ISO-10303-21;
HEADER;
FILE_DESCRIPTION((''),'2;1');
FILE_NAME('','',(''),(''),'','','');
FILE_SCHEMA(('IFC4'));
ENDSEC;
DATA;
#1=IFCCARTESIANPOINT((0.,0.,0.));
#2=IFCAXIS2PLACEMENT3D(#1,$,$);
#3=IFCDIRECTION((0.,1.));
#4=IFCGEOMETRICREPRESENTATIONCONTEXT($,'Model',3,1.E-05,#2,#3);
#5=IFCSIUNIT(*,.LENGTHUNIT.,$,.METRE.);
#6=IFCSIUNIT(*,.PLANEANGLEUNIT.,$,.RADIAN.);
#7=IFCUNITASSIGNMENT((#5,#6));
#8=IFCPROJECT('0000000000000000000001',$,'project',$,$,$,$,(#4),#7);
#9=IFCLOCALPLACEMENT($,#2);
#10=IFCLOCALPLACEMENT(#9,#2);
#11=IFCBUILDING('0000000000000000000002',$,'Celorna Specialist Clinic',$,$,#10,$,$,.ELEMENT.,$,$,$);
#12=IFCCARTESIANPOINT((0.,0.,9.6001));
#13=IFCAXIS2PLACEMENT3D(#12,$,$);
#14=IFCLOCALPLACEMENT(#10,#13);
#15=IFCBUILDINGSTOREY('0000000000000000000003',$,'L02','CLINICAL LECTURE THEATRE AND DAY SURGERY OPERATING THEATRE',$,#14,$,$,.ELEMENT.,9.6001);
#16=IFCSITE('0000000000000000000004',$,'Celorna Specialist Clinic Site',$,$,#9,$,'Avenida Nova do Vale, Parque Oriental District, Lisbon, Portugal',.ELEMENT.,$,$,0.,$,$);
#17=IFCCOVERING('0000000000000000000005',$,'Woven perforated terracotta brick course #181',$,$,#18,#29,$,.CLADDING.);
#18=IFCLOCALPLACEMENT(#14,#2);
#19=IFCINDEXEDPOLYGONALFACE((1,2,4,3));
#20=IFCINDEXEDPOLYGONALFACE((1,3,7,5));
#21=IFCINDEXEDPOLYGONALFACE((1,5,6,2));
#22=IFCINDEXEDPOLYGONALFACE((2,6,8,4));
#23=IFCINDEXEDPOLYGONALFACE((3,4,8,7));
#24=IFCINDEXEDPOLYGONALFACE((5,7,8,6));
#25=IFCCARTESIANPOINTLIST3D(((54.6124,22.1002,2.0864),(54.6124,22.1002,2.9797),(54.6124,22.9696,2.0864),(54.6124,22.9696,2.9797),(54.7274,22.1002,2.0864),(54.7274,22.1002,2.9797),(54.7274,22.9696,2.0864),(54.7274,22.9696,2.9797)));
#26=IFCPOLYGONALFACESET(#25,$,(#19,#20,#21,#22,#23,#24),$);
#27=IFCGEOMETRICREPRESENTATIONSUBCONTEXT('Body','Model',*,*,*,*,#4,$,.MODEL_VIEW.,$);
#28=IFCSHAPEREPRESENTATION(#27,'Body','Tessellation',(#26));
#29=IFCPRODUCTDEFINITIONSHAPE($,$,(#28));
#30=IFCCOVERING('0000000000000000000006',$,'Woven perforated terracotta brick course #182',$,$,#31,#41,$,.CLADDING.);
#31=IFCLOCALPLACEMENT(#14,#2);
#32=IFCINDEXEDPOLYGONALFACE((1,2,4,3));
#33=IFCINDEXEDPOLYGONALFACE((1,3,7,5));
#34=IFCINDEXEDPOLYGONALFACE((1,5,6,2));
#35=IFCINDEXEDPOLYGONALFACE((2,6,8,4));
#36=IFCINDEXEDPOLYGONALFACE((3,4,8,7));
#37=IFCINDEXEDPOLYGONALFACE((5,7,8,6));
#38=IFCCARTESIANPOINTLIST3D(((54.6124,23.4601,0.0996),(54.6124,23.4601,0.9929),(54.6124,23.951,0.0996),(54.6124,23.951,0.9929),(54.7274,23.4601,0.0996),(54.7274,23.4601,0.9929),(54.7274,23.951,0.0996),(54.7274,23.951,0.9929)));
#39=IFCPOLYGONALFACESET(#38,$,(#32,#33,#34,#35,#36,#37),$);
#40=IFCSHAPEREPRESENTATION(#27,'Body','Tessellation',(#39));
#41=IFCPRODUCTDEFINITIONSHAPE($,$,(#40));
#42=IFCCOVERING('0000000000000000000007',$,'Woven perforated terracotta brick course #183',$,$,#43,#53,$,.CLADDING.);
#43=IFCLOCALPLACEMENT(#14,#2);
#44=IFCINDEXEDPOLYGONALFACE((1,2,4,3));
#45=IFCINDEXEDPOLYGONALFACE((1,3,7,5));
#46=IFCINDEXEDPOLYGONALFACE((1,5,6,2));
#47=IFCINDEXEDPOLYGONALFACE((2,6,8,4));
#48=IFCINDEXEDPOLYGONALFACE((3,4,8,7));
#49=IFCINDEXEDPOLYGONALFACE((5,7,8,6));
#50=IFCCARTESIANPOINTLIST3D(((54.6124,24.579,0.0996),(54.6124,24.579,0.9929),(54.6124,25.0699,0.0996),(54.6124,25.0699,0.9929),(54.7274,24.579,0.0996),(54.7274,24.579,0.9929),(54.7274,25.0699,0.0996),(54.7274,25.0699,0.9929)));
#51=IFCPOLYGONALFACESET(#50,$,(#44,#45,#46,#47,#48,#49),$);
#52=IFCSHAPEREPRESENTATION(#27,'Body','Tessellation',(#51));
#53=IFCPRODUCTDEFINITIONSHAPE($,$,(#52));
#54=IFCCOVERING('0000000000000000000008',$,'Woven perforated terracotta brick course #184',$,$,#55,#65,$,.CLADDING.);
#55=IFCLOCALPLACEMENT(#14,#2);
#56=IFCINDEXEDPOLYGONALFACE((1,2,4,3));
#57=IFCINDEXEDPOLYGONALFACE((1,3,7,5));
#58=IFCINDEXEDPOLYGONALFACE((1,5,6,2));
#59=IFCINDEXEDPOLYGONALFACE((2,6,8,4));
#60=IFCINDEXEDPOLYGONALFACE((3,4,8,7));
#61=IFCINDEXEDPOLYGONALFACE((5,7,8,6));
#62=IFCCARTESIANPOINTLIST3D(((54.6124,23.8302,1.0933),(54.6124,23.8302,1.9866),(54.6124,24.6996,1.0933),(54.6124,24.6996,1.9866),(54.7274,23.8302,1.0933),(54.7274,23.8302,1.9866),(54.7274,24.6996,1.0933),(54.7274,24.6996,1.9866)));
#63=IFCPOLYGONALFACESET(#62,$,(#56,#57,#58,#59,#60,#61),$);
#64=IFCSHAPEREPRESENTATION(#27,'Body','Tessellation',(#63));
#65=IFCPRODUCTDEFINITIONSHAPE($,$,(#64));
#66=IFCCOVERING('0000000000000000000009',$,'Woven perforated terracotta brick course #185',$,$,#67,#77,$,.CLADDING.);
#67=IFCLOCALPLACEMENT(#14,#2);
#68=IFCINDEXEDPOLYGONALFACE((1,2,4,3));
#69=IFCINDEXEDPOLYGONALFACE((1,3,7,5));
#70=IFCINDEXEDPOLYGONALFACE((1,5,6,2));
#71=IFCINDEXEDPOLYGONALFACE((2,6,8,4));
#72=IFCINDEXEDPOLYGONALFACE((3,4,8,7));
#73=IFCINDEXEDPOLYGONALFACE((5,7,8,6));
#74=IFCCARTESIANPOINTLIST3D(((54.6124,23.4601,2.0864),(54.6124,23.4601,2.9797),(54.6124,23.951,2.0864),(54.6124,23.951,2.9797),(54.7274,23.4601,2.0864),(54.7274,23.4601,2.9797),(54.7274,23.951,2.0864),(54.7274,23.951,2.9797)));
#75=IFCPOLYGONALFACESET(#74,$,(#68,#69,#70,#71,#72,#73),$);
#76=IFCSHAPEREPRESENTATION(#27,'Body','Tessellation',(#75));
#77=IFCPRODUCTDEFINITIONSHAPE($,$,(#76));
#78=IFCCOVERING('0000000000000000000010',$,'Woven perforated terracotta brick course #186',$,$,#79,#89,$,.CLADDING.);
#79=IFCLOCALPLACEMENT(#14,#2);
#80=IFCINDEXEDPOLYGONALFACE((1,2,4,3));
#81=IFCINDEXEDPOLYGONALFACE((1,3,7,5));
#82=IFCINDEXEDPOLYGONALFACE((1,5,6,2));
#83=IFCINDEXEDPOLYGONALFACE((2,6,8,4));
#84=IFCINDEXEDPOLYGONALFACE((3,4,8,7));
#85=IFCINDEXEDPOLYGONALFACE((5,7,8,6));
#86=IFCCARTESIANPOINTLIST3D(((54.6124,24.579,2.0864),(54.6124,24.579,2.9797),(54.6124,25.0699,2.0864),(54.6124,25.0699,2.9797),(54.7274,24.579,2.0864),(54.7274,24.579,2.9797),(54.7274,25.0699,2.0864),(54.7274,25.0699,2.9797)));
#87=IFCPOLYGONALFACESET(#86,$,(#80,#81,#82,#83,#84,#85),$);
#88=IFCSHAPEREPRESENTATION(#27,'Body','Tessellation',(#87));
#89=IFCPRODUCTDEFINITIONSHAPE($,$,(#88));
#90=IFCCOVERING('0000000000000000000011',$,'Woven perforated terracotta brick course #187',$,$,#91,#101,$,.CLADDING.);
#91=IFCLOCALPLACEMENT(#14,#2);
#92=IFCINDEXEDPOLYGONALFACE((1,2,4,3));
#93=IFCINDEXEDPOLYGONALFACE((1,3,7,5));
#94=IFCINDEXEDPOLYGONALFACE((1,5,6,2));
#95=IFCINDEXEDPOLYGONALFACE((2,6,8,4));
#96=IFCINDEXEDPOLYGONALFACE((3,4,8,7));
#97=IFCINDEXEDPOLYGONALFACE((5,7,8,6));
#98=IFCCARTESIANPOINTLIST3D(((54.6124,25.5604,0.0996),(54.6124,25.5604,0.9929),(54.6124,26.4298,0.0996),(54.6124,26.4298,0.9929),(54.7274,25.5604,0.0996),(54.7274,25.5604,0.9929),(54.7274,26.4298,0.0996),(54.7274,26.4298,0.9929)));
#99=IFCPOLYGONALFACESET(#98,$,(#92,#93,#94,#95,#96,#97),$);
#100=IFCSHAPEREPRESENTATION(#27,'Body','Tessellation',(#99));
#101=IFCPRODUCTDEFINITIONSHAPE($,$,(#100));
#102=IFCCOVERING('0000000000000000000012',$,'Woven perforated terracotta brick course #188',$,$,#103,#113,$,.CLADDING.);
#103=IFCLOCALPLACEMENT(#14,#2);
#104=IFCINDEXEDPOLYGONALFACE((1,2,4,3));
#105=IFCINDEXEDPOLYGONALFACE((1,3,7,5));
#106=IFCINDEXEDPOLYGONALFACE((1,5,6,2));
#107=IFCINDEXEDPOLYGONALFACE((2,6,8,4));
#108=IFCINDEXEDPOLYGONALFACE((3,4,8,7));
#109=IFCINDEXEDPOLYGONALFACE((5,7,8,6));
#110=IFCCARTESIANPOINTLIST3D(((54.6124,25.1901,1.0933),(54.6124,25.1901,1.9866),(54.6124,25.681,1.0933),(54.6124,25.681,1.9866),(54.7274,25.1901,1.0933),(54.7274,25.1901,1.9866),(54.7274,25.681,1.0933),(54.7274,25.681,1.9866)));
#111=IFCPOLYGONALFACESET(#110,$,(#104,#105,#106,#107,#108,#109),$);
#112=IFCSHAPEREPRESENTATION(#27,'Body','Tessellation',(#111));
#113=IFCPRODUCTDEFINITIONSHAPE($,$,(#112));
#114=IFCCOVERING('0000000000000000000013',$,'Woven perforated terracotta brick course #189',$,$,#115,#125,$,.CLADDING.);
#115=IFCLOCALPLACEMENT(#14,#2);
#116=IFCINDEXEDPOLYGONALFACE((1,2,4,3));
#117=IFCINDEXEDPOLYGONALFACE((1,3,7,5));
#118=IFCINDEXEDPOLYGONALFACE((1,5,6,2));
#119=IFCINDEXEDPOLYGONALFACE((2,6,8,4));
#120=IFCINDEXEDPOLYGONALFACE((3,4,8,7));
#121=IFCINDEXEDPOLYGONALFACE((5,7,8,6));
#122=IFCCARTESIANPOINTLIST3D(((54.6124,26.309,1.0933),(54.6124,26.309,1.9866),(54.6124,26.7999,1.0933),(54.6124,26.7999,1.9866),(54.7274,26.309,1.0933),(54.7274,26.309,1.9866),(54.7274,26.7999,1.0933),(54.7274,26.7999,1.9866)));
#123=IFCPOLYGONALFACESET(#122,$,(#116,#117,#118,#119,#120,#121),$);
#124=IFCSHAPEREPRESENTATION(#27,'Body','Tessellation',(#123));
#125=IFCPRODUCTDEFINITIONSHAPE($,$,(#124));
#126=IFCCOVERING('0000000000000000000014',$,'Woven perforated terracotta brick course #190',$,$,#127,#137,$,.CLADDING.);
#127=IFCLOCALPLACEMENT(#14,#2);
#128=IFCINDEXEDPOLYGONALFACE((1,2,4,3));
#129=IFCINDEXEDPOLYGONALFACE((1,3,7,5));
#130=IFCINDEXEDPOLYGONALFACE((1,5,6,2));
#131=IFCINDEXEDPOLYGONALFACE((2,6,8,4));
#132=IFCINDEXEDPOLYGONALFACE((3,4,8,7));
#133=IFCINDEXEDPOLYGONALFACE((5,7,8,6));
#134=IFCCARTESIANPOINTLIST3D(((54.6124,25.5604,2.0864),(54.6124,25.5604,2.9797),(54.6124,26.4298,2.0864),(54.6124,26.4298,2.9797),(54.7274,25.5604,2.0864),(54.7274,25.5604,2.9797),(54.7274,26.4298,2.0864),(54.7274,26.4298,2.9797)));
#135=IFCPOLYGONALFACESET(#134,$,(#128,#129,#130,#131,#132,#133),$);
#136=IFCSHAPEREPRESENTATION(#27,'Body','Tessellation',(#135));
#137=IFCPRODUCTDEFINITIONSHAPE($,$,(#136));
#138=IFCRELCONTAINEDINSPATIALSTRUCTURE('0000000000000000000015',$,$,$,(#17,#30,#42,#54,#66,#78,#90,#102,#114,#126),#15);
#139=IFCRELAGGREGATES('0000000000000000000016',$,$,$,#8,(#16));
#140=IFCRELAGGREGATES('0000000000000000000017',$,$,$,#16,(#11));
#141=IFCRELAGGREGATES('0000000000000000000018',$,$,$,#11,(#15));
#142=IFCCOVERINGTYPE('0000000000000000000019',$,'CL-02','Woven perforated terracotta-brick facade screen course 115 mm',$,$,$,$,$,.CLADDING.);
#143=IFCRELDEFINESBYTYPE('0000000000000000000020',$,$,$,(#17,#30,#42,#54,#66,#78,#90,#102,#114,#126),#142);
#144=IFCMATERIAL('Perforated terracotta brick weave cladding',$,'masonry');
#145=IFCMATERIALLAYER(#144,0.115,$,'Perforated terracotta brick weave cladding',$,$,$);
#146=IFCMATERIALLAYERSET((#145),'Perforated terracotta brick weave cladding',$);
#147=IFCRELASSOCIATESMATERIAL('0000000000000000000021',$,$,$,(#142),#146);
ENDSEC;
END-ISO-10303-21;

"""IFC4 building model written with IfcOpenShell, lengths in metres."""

from ifc_helpers import new_model, si_unit, direction, frame, origin, origin_2d, place, context, subcontext, project, spatial, rectangle, extrude, material, layer, layer_set, type_object, element, save


model = new_model("IFC4")

# Units and contexts
model_context = context("Model", 3, precision=1e-05, world=origin(), true_north=direction((0.0, 1.0)))
body_context = subcontext(model_context, "Body", "Model", "MODEL_VIEW")
ifc_project = project(units=[si_unit("LENGTHUNIT", "METRE"), si_unit("PLANEANGLEUNIT", "RADIAN")], contexts=[model_context])

# Site, building, storey
site_placement = place(None, origin())
site = spatial("IfcSite", under=ifc_project, at=site_placement, Name="Celorna Specialist Clinic Site", LongName="Avenida Nova do Vale, Parque Oriental District, Lisbon, Portugal", CompositionType="ELEMENT", RefElevation=0.0)
building_placement = place(site_placement, origin())
building = spatial("IfcBuilding", under=site, at=building_placement, Name="Celorna Specialist Clinic", CompositionType="ELEMENT")
storey_placement = place(building_placement, frame((0.0, 0.0, 9.6001)))
storey = spatial("IfcBuildingStorey", under=building, at=storey_placement, Name="L02", Description="CLINICAL LECTURE THEATRE AND DAY SURGERY OPERATING THEATRE", CompositionType="ELEMENT", Elevation=9.6001)

# Coverings
ifc_material_1 = material(Name="Perforated terracotta brick weave cladding", Category="masonry")
ifc_layer_1 = layer(ifc_material_1, 0.115, Name="Perforated terracotta brick weave cladding")
ifc_layer_set_1 = layer_set([ifc_layer_1], Name="Perforated terracotta brick weave cladding")
covering_type = type_object("IfcCoveringType", Name="CL-02", Description="Woven perforated terracotta-brick facade screen course 115 mm", PredefinedType="CLADDING", material=ifc_layer_set_1)
covering_1_placement = place(storey_placement, frame((54.6699, 22.5349, 2.0864), z_axis=(0.0, 0.0, 1.0), x_axis=(0.0, 1.0, 0.0)))
element("IfcCovering", 1, at=covering_1_placement, inside=storey, type_object=covering_type, Name="Woven perforated terracotta brick course #181", PredefinedType="CLADDING", context=body_context, shape_type="SweptSolid", body=[
    extrude(rectangle(XDim=0.8694, YDim=0.115, at=origin_2d()), origin(), (0.0, 0.0, 1.0), 0.8933),
])
for number, where, z_axis, x_axis, name in (
    (2, (54.6699, 23.7056, 0.0996), (0.0, 0.0, 1.0), (0.0, 1.0, 0.0), "Woven perforated terracotta brick course #182"),
    (3, (54.6699, 24.8245, 0.0996), (0.0, 0.0, 1.0), (0.0, 1.0, 0.0), "Woven perforated terracotta brick course #183"),
):
    element("IfcCovering", number, at=place(storey_placement, frame(where, z_axis=z_axis, x_axis=x_axis)), inside=storey, type_object=covering_type, Name=name, PredefinedType="CLADDING", context=body_context, shape_type="SweptSolid", body=[
        extrude(rectangle(XDim=0.491, YDim=0.115, at=origin_2d()), origin(), (0.0, 0.0, 1.0), 0.8933),
    ])
covering_2_placement = place(storey_placement, frame((54.6699, 24.2649, 1.0933), z_axis=(0.0, 0.0, 1.0), x_axis=(0.0, 1.0, 0.0)))
element("IfcCovering", 4, at=covering_2_placement, inside=storey, type_object=covering_type, Name="Woven perforated terracotta brick course #184", PredefinedType="CLADDING", context=body_context, shape_type="SweptSolid", body=[
    extrude(rectangle(XDim=0.8694, YDim=0.115, at=origin_2d()), origin(), (0.0, 0.0, 1.0), 0.8933),
])
for number, where, z_axis, x_axis, name in (
    (5, (54.6699, 23.7056, 2.0864), (0.0, 0.0, 1.0), (0.0, 1.0, 0.0), "Woven perforated terracotta brick course #185"),
    (6, (54.6699, 24.8245, 2.0864), (0.0, 0.0, 1.0), (0.0, 1.0, 0.0), "Woven perforated terracotta brick course #186"),
):
    element("IfcCovering", number, at=place(storey_placement, frame(where, z_axis=z_axis, x_axis=x_axis)), inside=storey, type_object=covering_type, Name=name, PredefinedType="CLADDING", context=body_context, shape_type="SweptSolid", body=[
        extrude(rectangle(XDim=0.491, YDim=0.115, at=origin_2d()), origin(), (0.0, 0.0, 1.0), 0.8933),
    ])
covering_3_placement = place(storey_placement, frame((54.6699, 25.9951, 0.0996), z_axis=(0.0, 0.0, 1.0), x_axis=(0.0, 1.0, 0.0)))
element("IfcCovering", 7, at=covering_3_placement, inside=storey, type_object=covering_type, Name="Woven perforated terracotta brick course #187", PredefinedType="CLADDING", context=body_context, shape_type="SweptSolid", body=[
    extrude(rectangle(XDim=0.8694, YDim=0.115, at=origin_2d()), origin(), (0.0, 0.0, 1.0), 0.8933),
])
for number, where, z_axis, x_axis, name in (
    (8, (54.6699, 25.4355, 1.0933), (0.0, 0.0, 1.0), (0.0, 1.0, 0.0), "Woven perforated terracotta brick course #188"),
    (9, (54.6699, 26.5544, 1.0933), (0.0, 0.0, 1.0), (0.0, 1.0, 0.0), "Woven perforated terracotta brick course #189"),
):
    element("IfcCovering", number, at=place(storey_placement, frame(where, z_axis=z_axis, x_axis=x_axis)), inside=storey, type_object=covering_type, Name=name, PredefinedType="CLADDING", context=body_context, shape_type="SweptSolid", body=[
        extrude(rectangle(XDim=0.491, YDim=0.115, at=origin_2d()), origin(), (0.0, 0.0, 1.0), 0.8933),
    ])
covering_4_placement = place(storey_placement, frame((54.6699, 25.9951, 2.0864), z_axis=(0.0, 0.0, 1.0), x_axis=(0.0, 1.0, 0.0)))
element("IfcCovering", 10, at=covering_4_placement, inside=storey, type_object=covering_type, Name="Woven perforated terracotta brick course #190", PredefinedType="CLADDING", context=body_context, shape_type="SweptSolid", body=[
    extrude(rectangle(XDim=0.8694, YDim=0.115, at=origin_2d()), origin(), (0.0, 0.0, 1.0), 0.8933),
])

save(model, "model.ifc")
